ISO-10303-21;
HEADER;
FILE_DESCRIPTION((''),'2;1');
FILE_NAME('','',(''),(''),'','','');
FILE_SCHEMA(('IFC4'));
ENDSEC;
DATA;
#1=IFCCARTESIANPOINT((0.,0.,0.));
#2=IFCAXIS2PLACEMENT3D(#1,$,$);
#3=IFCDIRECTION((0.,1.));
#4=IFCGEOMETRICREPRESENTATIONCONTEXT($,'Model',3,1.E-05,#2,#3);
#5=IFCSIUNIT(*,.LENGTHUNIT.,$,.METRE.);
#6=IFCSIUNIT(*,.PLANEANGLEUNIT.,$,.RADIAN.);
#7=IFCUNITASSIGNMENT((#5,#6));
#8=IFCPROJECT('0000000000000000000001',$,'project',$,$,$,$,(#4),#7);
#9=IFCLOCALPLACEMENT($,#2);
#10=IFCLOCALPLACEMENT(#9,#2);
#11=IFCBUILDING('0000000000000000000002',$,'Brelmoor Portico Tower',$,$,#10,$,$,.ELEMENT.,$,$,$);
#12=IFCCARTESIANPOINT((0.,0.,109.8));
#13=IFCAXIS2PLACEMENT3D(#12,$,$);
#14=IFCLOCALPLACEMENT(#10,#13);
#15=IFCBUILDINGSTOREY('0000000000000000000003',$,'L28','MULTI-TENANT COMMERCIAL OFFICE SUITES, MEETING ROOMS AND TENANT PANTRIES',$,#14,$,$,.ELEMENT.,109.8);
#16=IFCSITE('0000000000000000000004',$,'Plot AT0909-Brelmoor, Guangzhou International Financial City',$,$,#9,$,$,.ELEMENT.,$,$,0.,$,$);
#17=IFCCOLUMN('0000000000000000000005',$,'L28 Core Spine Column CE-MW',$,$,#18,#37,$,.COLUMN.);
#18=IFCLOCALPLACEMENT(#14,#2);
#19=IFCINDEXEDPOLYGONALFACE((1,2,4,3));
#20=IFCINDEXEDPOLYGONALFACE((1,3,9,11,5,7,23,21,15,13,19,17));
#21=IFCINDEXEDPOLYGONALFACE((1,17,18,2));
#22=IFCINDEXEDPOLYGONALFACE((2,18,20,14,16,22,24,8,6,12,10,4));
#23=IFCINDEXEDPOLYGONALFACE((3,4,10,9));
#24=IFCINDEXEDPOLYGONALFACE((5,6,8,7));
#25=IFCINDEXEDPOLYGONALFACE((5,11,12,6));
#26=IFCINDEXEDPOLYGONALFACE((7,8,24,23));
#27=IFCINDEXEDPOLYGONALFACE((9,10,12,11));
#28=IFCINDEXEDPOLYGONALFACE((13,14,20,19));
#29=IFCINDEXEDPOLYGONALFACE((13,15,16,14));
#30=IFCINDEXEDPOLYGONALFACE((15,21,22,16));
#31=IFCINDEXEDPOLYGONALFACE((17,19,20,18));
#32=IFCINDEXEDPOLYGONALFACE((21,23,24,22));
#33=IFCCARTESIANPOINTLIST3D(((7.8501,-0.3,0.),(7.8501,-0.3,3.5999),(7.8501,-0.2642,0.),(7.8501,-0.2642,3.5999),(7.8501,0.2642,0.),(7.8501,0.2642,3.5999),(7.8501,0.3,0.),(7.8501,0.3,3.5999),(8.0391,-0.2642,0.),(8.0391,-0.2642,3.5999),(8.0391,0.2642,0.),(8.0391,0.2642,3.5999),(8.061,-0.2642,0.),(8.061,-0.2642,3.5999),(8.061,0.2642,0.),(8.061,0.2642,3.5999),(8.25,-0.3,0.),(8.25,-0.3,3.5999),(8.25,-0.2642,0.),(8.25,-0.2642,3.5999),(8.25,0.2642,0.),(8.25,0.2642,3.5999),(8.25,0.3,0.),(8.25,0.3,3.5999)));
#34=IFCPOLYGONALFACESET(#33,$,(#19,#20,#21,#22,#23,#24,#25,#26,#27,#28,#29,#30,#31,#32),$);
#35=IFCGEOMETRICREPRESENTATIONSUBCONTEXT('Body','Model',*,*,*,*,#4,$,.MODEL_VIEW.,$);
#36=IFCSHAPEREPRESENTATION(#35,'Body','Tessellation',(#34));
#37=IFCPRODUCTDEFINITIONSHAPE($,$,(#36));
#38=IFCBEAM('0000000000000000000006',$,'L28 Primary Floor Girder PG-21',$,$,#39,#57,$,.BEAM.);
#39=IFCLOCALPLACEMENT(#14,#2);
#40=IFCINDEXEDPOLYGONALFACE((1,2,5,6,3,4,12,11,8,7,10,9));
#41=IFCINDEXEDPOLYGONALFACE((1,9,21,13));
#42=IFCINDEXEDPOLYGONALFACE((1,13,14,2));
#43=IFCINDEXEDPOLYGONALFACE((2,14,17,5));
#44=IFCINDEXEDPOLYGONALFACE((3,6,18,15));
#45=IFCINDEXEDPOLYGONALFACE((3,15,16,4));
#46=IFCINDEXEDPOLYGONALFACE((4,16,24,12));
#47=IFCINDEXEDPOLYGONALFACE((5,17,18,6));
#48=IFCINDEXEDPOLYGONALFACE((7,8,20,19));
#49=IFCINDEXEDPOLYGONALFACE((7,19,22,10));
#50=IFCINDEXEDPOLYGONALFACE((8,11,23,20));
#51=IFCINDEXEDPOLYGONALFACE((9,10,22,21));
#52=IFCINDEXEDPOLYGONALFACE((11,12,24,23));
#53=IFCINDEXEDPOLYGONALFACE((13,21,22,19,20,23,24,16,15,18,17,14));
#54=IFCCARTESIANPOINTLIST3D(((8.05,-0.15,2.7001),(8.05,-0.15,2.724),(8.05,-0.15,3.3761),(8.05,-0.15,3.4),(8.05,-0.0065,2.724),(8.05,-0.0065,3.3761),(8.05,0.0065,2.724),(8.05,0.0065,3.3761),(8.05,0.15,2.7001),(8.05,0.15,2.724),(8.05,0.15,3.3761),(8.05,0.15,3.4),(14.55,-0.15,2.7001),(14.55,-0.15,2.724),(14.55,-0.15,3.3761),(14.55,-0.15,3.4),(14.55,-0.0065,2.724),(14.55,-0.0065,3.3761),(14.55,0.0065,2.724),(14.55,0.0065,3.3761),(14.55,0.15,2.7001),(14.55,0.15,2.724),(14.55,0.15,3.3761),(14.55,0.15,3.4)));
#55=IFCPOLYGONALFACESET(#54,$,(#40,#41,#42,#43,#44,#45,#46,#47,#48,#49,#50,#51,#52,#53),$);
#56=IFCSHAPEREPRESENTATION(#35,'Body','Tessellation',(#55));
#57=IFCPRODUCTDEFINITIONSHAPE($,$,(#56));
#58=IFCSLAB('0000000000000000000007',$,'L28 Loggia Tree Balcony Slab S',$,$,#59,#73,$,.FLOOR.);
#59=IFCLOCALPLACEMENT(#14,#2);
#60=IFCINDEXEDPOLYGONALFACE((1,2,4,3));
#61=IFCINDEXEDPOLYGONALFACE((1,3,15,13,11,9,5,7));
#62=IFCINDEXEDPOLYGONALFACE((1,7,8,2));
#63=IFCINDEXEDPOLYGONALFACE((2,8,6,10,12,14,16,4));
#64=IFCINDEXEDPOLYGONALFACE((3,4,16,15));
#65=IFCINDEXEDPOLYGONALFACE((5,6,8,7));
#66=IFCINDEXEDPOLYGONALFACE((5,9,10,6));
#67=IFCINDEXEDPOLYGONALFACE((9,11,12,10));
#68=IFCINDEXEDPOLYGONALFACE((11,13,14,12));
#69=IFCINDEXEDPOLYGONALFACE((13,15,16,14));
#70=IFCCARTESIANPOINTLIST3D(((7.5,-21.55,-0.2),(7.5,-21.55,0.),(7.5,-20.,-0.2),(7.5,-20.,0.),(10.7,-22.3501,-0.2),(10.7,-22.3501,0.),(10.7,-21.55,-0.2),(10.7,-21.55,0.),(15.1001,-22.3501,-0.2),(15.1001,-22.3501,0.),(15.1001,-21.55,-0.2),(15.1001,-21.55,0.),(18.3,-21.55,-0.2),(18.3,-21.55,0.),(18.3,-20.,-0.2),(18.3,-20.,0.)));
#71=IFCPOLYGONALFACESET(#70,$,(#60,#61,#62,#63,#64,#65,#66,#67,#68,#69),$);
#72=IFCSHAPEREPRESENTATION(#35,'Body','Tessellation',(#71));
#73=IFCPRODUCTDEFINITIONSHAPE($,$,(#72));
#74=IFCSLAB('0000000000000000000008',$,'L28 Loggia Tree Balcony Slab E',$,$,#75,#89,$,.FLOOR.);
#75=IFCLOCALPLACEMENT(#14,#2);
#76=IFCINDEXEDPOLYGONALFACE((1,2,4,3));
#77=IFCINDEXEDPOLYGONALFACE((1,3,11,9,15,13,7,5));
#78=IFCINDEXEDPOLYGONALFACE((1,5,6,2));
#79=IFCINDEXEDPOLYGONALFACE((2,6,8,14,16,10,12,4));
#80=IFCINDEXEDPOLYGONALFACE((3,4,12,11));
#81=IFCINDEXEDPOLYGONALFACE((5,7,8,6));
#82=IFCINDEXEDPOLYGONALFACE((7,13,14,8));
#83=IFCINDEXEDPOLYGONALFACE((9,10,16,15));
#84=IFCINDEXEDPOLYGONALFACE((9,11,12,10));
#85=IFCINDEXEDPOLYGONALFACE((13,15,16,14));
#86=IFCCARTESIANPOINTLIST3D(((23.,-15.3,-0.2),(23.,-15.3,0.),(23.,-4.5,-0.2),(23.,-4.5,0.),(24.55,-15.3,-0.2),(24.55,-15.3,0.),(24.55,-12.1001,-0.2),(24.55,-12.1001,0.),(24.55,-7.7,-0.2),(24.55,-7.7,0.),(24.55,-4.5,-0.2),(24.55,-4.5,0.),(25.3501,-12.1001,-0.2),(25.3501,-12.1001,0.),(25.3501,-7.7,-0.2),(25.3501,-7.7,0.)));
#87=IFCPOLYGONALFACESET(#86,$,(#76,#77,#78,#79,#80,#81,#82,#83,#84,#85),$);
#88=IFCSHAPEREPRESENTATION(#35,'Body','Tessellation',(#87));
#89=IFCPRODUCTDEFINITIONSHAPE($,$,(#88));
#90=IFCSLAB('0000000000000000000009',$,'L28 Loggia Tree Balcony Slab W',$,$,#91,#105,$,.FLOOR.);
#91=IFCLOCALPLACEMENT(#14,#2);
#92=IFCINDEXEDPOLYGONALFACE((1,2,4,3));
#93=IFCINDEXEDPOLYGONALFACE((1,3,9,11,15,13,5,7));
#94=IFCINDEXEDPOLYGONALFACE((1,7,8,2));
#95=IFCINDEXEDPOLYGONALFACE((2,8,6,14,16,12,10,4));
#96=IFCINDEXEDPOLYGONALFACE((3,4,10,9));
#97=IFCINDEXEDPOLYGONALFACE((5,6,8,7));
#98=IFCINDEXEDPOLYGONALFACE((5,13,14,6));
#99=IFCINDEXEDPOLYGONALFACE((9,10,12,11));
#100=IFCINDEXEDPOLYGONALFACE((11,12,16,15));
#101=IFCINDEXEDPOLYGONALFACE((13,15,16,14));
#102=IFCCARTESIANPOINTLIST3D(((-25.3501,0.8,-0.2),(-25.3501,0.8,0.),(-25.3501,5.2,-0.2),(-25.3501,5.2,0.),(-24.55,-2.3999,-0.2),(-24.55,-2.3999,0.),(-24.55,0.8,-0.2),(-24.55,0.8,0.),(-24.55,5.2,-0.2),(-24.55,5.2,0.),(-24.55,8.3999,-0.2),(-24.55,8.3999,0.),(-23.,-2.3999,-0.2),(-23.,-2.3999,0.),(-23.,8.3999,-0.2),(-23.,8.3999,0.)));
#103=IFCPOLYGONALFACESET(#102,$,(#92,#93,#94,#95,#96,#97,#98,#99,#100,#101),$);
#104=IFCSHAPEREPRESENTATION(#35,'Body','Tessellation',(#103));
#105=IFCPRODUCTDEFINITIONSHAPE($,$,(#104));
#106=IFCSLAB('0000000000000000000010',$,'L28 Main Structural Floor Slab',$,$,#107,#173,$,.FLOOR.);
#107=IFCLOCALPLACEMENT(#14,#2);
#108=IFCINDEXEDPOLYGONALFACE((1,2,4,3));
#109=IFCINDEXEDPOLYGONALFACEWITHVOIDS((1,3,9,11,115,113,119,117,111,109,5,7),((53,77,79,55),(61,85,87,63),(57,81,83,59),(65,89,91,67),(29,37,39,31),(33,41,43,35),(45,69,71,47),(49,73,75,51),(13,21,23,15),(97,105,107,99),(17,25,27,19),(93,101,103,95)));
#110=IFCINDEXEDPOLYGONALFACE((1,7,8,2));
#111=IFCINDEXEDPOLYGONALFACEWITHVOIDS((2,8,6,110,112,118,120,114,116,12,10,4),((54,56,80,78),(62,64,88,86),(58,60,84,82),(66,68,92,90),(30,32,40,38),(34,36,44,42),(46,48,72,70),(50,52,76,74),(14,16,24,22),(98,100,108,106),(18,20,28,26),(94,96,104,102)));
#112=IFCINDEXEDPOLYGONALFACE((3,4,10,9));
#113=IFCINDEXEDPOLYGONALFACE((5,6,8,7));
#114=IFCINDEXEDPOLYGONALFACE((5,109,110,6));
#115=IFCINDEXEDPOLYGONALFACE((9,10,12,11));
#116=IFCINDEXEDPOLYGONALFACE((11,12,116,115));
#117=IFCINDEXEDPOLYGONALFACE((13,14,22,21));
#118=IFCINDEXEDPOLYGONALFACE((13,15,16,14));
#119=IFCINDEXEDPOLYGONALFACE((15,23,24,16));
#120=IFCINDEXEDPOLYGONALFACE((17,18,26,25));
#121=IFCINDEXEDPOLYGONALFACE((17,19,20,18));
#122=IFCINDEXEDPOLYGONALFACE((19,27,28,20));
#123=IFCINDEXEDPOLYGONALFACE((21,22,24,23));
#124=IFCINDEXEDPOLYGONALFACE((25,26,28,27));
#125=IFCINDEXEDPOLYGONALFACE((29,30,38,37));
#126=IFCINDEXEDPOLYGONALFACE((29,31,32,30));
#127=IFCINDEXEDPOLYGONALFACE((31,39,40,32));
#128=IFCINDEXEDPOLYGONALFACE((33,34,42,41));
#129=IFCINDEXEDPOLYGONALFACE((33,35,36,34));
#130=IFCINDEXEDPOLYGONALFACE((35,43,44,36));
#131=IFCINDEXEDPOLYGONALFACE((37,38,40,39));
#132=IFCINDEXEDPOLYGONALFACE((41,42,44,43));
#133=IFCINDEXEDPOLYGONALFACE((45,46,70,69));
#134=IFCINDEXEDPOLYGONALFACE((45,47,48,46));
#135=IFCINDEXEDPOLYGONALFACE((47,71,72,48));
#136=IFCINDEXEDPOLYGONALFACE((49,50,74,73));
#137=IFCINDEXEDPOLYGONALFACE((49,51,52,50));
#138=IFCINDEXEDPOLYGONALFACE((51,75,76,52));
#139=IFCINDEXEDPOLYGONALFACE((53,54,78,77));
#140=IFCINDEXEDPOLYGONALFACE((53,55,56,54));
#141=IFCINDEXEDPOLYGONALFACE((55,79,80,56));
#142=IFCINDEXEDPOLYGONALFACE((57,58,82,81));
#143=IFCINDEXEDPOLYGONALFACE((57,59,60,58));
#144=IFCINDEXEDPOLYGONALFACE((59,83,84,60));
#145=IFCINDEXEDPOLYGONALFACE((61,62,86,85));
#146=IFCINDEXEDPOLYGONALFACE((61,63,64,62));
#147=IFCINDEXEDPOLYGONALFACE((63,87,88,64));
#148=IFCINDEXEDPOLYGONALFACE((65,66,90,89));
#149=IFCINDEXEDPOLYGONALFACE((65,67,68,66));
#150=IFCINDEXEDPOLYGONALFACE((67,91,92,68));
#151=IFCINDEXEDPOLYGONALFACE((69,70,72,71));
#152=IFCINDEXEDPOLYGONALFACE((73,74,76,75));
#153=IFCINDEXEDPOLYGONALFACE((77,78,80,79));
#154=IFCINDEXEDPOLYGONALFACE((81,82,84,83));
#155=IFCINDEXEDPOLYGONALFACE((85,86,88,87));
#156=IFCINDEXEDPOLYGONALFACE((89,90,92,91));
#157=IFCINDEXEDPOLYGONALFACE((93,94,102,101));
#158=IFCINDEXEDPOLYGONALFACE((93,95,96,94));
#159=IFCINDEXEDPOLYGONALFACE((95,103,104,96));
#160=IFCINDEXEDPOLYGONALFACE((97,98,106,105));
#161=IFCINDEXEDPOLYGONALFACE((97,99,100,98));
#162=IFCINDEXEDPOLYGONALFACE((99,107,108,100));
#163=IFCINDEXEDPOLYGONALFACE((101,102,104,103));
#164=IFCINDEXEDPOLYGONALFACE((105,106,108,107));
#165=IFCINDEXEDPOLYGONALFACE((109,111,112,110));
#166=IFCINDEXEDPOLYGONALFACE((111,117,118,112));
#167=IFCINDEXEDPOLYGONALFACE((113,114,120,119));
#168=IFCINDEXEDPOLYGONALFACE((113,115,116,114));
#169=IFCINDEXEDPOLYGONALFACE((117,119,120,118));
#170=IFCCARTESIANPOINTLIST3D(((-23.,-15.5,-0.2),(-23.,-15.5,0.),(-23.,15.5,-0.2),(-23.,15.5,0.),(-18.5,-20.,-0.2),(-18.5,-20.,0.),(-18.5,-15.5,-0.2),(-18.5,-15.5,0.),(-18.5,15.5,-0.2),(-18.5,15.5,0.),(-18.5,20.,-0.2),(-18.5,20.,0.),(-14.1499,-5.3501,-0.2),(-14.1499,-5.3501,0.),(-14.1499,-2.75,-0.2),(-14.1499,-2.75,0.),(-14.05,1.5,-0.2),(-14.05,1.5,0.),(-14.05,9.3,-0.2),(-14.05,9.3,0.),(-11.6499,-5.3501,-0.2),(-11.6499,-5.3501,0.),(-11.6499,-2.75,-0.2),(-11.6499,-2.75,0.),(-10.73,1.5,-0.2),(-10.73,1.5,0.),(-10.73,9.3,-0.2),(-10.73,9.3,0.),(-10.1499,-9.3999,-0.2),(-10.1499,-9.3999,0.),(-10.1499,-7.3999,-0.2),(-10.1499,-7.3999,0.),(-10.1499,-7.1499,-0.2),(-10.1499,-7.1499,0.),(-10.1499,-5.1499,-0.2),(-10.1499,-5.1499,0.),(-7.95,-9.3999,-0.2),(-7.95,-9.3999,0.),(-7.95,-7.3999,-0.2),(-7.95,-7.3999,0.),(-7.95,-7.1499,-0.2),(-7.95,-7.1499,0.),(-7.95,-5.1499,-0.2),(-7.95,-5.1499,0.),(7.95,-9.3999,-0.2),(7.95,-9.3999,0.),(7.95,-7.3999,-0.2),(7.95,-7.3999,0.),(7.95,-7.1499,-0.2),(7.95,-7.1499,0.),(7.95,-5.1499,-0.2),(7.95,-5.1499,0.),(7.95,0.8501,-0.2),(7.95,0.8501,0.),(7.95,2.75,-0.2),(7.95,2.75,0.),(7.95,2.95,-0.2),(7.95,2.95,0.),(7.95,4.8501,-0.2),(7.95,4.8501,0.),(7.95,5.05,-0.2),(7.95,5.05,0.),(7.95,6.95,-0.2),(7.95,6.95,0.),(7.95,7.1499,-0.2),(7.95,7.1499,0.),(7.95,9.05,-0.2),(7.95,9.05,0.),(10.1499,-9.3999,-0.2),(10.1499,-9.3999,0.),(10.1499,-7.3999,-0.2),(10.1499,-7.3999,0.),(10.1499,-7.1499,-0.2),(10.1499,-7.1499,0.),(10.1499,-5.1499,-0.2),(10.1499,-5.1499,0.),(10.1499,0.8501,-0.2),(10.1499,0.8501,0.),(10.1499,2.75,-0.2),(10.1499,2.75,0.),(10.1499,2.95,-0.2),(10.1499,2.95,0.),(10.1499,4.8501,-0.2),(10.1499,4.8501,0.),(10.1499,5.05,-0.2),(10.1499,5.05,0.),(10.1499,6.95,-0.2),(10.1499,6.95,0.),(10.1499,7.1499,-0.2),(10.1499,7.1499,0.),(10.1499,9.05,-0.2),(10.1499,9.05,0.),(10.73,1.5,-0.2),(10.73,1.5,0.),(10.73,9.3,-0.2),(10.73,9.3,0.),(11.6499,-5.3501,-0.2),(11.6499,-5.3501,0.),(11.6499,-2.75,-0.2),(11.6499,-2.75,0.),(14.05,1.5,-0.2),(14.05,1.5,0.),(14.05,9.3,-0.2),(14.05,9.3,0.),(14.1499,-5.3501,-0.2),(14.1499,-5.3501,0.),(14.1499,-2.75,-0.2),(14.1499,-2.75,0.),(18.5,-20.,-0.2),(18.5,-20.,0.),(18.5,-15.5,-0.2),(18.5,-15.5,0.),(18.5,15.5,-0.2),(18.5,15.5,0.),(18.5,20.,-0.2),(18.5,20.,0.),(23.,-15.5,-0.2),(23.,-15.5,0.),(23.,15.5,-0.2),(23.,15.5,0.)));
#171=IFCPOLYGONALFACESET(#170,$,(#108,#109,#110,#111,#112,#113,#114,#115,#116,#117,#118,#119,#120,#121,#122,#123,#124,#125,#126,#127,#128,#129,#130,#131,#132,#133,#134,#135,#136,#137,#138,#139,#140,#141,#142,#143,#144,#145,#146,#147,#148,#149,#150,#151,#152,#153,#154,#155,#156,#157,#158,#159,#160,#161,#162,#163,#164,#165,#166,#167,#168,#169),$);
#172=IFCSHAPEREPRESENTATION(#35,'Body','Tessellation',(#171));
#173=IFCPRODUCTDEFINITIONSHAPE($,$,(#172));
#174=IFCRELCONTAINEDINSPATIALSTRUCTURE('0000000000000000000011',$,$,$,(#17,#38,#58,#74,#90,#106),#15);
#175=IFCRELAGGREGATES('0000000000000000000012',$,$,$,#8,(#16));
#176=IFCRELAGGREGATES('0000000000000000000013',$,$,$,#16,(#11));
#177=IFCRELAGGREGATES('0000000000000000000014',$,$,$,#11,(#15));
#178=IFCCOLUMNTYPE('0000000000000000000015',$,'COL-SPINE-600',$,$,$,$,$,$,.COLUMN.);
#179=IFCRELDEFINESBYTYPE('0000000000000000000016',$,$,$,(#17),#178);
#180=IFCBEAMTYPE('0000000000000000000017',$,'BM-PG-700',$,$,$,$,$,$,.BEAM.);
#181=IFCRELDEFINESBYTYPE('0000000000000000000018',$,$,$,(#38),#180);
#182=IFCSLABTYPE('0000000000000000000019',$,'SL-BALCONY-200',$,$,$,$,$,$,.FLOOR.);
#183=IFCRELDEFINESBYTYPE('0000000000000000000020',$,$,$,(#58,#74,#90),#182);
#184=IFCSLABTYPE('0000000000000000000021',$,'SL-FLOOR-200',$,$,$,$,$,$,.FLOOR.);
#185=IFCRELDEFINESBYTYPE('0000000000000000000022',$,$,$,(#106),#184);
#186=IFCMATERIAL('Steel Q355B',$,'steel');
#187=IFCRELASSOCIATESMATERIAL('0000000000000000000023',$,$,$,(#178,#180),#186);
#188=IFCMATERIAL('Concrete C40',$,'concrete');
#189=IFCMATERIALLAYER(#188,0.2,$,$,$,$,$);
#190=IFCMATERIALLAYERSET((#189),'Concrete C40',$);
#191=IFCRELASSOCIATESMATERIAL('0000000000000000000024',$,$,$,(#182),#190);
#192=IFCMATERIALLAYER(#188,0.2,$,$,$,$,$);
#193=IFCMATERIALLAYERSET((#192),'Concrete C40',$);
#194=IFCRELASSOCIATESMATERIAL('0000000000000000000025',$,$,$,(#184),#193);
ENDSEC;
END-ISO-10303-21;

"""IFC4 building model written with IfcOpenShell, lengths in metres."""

from ifc_helpers import new_model, si_unit, direction, frame, origin, origin_2d, place, context, subcontext, project, spatial, polyline, i_section, outline, extrude, material, layer, layer_set, material_profile, profile_set, type_object, element, save


model = new_model("IFC4")

# Units and contexts
model_context = context("Model", 3, precision=1e-05, world=origin(), true_north=direction((0.0, 1.0)))
body_context = subcontext(model_context, "Body", "Model", "MODEL_VIEW")
ifc_project = project(units=[si_unit("LENGTHUNIT", "METRE"), si_unit("PLANEANGLEUNIT", "RADIAN")], contexts=[model_context])

# Site, building, storey
site_placement = place(None, origin())
site = spatial("IfcSite", under=ifc_project, at=site_placement, Name="Plot AT0909-Brelmoor, Guangzhou International Financial City", CompositionType="ELEMENT", RefElevation=0.0)
building_placement = place(site_placement, origin())
building = spatial("IfcBuilding", under=site, at=building_placement, Name="Brelmoor Portico Tower", CompositionType="ELEMENT")
storey_placement = place(building_placement, frame((0.0, 0.0, 109.8)))
storey = spatial("IfcBuildingStorey", under=building, at=storey_placement, Name="L28", Description="MULTI-TENANT COMMERCIAL OFFICE SUITES, MEETING ROOMS AND TENANT PANTRIES", CompositionType="ELEMENT", Elevation=109.8)

# Column
ifc_material_1 = material(Name="Steel Q355B", Category="steel")
ifc_material_profile_1 = material_profile(ifc_material_1, i_section(OverallWidth=0.3999, OverallDepth=0.6001, WebThickness=0.022, FlangeThickness=0.0359, at=origin_2d()), Name="HW 600x400x22x36")
ifc_profile_set_1 = profile_set([ifc_material_profile_1], Name="Steel Q355B")
column_type = type_object("IfcColumnType", Name="COL-SPINE-600", PredefinedType="COLUMN", material=ifc_profile_set_1)
column_placement = place(storey_placement, frame((8.05, 0.0, 0.0), z_axis=(0.0, 0.0, 1.0), x_axis=(1.0, 0.0, 0.0)))
element("IfcColumn", 1, at=column_placement, inside=storey, type_object=column_type, Name="L28 Core Spine Column CE-MW", PredefinedType="COLUMN", context=body_context, shape_type="SweptSolid", body=[
    extrude(i_section(OverallWidth=0.3999, OverallDepth=0.6001, WebThickness=0.022, FlangeThickness=0.0359, at=origin_2d()), origin(), (0.0, 0.0, 1.0), 3.5999),
])

# Beam
ifc_material_profile_2 = material_profile(ifc_material_1, i_section(OverallWidth=0.3, OverallDepth=0.7, WebThickness=0.0129, FlangeThickness=0.0239, at=origin_2d()), Name="HN 700x300x13x24")
ifc_profile_set_2 = profile_set([ifc_material_profile_2], Name="Steel Q355B")
beam_type = type_object("IfcBeamType", Name="BM-PG-700", PredefinedType="BEAM", material=ifc_profile_set_2)
beam_placement = place(storey_placement, frame((8.05, 0.0, 3.05), z_axis=(1.0, 0.0, 0.0), x_axis=(0.0, 1.0, 0.0)))
element("IfcBeam", 2, at=beam_placement, inside=storey, type_object=beam_type, Name="L28 Primary Floor Girder PG-21", PredefinedType="BEAM", context=body_context, shape_type="SweptSolid", body=[
    extrude(i_section(OverallWidth=0.3, OverallDepth=0.7, WebThickness=0.0129, FlangeThickness=0.0239, at=origin_2d()), origin(), (0.0, 0.0, 1.0), 6.5),
])

# Slabs
ifc_material_2 = material(Name="Concrete C40", Category="concrete")
ifc_layer_1 = layer(ifc_material_2, 0.2)
ifc_layer_set_1 = layer_set([ifc_layer_1], Name="Concrete C40")
slab_type_1 = type_object("IfcSlabType", Name="SL-BALCONY-200", PredefinedType="FLOOR", material=ifc_layer_set_1)
slab_1_placement = place(storey_placement, frame((0.0, 0.0, -0.2)))
element("IfcSlab", 3, at=slab_1_placement, inside=storey, type_object=slab_type_1, Name="L28 Loggia Tree Balcony Slab S", PredefinedType="FLOOR", context=body_context, shape_type="SweptSolid", body=[
    extrude(outline(polyline([(7.5, -21.55), (10.7, -21.55), (10.7, -22.3501), (15.1001, -22.3501), (15.1001, -21.55), (18.3, -21.55), (18.3, -20.0), (7.5, -20.0), (7.5, -21.55)])), origin(), (0.0, 0.0, 1.0), 0.2),
])
slab_2_placement = place(storey_placement, frame((0.0, 0.0, -0.2)))
element("IfcSlab", 4, at=slab_2_placement, inside=storey, type_object=slab_type_1, Name="L28 Loggia Tree Balcony Slab E", PredefinedType="FLOOR", context=body_context, shape_type="SweptSolid", body=[
    extrude(outline(polyline([(23.0, -15.3), (24.55, -15.3), (24.55, -12.1001), (25.3501, -12.1001), (25.3501, -7.7), (24.55, -7.7), (24.55, -4.5), (23.0, -4.5), (23.0, -15.3)])), origin(), (0.0, 0.0, 1.0), 0.2),
])
slab_3_placement = place(storey_placement, frame((0.0, 0.0, -0.2)))
element("IfcSlab", 5, at=slab_3_placement, inside=storey, type_object=slab_type_1, Name="L28 Loggia Tree Balcony Slab W", PredefinedType="FLOOR", context=body_context, shape_type="SweptSolid", body=[
    extrude(outline(polyline([(-24.55, -2.3999), (-23.0, -2.3999), (-23.0, 8.3999), (-24.55, 8.3999), (-24.55, 5.2), (-25.3501, 5.2), (-25.3501, 0.8), (-24.55, 0.8), (-24.55, -2.3999)])), origin(), (0.0, 0.0, 1.0), 0.2),
])
ifc_layer_2 = layer(ifc_material_2, 0.2)
ifc_layer_set_2 = layer_set([ifc_layer_2], Name="Concrete C40")
slab_type_2 = type_object("IfcSlabType", Name="SL-FLOOR-200", PredefinedType="FLOOR", material=ifc_layer_set_2)
slab_4_placement = place(storey_placement, frame((0.0, 0.0, -0.2)))
element("IfcSlab", 6, at=slab_4_placement, inside=storey, type_object=slab_type_2, Name="L28 Main Structural Floor Slab", PredefinedType="FLOOR", context=body_context, shape_type="SweptSolid", body=[
    extrude(outline(polyline([(-18.5, -20.0), (18.5, -20.0), (18.5, -15.5), (23.0, -15.5), (23.0, 15.5), (18.5, 15.5), (18.5, 20.0), (-18.5, 20.0), (-18.5, 15.5), (-23.0, 15.5), (-23.0, -15.5), (-18.5, -15.5), (-18.5, -20.0)]), holes=[polyline([(-10.73, 1.5), (-10.73, 9.3), (-14.05, 9.3), (-14.05, 1.5), (-10.73, 1.5)]), polyline([(14.05, 1.5), (14.05, 9.3), (10.73, 9.3), (10.73, 1.5), (14.05, 1.5)]), polyline([(7.95, 0.8501), (10.1499, 0.8501), (10.1499, 2.75), (7.95, 2.75), (7.95, 0.8501)]), polyline([(7.95, 2.95), (10.1499, 2.95), (10.1499, 4.8501), (7.95, 4.8501), (7.95, 2.95)]), polyline([(7.95, 5.05), (10.1499, 5.05), (10.1499, 6.95), (7.95, 6.95), (7.95, 5.05)]), polyline([(7.95, 7.1499), (10.1499, 7.1499), (10.1499, 9.05), (7.95, 9.05), (7.95, 7.1499)]), polyline([(-10.1499, -9.3999), (-7.95, -9.3999), (-7.95, -7.3999), (-10.1499, -7.3999), (-10.1499, -9.3999)]), polyline([(-10.1499, -7.1499), (-7.95, -7.1499), (-7.95, -5.1499), (-10.1499, -5.1499), (-10.1499, -7.1499)]), polyline([(7.95, -9.3999), (10.1499, -9.3999), (10.1499, -7.3999), (7.95, -7.3999), (7.95, -9.3999)]), polyline([(7.95, -7.1499), (10.1499, -7.1499), (10.1499, -5.1499), (7.95, -5.1499), (7.95, -7.1499)]), polyline([(-14.1499, -5.3501), (-11.6499, -5.3501), (-11.6499, -2.75), (-14.1499, -2.75), (-14.1499, -5.3501)]), polyline([(11.6499, -5.3501), (14.1499, -5.3501), (14.1499, -2.75), (11.6499, -2.75), (11.6499, -5.3501)])]), origin(), (0.0, 0.0, 1.0), 0.2),
])

save(model, "model.ifc")
